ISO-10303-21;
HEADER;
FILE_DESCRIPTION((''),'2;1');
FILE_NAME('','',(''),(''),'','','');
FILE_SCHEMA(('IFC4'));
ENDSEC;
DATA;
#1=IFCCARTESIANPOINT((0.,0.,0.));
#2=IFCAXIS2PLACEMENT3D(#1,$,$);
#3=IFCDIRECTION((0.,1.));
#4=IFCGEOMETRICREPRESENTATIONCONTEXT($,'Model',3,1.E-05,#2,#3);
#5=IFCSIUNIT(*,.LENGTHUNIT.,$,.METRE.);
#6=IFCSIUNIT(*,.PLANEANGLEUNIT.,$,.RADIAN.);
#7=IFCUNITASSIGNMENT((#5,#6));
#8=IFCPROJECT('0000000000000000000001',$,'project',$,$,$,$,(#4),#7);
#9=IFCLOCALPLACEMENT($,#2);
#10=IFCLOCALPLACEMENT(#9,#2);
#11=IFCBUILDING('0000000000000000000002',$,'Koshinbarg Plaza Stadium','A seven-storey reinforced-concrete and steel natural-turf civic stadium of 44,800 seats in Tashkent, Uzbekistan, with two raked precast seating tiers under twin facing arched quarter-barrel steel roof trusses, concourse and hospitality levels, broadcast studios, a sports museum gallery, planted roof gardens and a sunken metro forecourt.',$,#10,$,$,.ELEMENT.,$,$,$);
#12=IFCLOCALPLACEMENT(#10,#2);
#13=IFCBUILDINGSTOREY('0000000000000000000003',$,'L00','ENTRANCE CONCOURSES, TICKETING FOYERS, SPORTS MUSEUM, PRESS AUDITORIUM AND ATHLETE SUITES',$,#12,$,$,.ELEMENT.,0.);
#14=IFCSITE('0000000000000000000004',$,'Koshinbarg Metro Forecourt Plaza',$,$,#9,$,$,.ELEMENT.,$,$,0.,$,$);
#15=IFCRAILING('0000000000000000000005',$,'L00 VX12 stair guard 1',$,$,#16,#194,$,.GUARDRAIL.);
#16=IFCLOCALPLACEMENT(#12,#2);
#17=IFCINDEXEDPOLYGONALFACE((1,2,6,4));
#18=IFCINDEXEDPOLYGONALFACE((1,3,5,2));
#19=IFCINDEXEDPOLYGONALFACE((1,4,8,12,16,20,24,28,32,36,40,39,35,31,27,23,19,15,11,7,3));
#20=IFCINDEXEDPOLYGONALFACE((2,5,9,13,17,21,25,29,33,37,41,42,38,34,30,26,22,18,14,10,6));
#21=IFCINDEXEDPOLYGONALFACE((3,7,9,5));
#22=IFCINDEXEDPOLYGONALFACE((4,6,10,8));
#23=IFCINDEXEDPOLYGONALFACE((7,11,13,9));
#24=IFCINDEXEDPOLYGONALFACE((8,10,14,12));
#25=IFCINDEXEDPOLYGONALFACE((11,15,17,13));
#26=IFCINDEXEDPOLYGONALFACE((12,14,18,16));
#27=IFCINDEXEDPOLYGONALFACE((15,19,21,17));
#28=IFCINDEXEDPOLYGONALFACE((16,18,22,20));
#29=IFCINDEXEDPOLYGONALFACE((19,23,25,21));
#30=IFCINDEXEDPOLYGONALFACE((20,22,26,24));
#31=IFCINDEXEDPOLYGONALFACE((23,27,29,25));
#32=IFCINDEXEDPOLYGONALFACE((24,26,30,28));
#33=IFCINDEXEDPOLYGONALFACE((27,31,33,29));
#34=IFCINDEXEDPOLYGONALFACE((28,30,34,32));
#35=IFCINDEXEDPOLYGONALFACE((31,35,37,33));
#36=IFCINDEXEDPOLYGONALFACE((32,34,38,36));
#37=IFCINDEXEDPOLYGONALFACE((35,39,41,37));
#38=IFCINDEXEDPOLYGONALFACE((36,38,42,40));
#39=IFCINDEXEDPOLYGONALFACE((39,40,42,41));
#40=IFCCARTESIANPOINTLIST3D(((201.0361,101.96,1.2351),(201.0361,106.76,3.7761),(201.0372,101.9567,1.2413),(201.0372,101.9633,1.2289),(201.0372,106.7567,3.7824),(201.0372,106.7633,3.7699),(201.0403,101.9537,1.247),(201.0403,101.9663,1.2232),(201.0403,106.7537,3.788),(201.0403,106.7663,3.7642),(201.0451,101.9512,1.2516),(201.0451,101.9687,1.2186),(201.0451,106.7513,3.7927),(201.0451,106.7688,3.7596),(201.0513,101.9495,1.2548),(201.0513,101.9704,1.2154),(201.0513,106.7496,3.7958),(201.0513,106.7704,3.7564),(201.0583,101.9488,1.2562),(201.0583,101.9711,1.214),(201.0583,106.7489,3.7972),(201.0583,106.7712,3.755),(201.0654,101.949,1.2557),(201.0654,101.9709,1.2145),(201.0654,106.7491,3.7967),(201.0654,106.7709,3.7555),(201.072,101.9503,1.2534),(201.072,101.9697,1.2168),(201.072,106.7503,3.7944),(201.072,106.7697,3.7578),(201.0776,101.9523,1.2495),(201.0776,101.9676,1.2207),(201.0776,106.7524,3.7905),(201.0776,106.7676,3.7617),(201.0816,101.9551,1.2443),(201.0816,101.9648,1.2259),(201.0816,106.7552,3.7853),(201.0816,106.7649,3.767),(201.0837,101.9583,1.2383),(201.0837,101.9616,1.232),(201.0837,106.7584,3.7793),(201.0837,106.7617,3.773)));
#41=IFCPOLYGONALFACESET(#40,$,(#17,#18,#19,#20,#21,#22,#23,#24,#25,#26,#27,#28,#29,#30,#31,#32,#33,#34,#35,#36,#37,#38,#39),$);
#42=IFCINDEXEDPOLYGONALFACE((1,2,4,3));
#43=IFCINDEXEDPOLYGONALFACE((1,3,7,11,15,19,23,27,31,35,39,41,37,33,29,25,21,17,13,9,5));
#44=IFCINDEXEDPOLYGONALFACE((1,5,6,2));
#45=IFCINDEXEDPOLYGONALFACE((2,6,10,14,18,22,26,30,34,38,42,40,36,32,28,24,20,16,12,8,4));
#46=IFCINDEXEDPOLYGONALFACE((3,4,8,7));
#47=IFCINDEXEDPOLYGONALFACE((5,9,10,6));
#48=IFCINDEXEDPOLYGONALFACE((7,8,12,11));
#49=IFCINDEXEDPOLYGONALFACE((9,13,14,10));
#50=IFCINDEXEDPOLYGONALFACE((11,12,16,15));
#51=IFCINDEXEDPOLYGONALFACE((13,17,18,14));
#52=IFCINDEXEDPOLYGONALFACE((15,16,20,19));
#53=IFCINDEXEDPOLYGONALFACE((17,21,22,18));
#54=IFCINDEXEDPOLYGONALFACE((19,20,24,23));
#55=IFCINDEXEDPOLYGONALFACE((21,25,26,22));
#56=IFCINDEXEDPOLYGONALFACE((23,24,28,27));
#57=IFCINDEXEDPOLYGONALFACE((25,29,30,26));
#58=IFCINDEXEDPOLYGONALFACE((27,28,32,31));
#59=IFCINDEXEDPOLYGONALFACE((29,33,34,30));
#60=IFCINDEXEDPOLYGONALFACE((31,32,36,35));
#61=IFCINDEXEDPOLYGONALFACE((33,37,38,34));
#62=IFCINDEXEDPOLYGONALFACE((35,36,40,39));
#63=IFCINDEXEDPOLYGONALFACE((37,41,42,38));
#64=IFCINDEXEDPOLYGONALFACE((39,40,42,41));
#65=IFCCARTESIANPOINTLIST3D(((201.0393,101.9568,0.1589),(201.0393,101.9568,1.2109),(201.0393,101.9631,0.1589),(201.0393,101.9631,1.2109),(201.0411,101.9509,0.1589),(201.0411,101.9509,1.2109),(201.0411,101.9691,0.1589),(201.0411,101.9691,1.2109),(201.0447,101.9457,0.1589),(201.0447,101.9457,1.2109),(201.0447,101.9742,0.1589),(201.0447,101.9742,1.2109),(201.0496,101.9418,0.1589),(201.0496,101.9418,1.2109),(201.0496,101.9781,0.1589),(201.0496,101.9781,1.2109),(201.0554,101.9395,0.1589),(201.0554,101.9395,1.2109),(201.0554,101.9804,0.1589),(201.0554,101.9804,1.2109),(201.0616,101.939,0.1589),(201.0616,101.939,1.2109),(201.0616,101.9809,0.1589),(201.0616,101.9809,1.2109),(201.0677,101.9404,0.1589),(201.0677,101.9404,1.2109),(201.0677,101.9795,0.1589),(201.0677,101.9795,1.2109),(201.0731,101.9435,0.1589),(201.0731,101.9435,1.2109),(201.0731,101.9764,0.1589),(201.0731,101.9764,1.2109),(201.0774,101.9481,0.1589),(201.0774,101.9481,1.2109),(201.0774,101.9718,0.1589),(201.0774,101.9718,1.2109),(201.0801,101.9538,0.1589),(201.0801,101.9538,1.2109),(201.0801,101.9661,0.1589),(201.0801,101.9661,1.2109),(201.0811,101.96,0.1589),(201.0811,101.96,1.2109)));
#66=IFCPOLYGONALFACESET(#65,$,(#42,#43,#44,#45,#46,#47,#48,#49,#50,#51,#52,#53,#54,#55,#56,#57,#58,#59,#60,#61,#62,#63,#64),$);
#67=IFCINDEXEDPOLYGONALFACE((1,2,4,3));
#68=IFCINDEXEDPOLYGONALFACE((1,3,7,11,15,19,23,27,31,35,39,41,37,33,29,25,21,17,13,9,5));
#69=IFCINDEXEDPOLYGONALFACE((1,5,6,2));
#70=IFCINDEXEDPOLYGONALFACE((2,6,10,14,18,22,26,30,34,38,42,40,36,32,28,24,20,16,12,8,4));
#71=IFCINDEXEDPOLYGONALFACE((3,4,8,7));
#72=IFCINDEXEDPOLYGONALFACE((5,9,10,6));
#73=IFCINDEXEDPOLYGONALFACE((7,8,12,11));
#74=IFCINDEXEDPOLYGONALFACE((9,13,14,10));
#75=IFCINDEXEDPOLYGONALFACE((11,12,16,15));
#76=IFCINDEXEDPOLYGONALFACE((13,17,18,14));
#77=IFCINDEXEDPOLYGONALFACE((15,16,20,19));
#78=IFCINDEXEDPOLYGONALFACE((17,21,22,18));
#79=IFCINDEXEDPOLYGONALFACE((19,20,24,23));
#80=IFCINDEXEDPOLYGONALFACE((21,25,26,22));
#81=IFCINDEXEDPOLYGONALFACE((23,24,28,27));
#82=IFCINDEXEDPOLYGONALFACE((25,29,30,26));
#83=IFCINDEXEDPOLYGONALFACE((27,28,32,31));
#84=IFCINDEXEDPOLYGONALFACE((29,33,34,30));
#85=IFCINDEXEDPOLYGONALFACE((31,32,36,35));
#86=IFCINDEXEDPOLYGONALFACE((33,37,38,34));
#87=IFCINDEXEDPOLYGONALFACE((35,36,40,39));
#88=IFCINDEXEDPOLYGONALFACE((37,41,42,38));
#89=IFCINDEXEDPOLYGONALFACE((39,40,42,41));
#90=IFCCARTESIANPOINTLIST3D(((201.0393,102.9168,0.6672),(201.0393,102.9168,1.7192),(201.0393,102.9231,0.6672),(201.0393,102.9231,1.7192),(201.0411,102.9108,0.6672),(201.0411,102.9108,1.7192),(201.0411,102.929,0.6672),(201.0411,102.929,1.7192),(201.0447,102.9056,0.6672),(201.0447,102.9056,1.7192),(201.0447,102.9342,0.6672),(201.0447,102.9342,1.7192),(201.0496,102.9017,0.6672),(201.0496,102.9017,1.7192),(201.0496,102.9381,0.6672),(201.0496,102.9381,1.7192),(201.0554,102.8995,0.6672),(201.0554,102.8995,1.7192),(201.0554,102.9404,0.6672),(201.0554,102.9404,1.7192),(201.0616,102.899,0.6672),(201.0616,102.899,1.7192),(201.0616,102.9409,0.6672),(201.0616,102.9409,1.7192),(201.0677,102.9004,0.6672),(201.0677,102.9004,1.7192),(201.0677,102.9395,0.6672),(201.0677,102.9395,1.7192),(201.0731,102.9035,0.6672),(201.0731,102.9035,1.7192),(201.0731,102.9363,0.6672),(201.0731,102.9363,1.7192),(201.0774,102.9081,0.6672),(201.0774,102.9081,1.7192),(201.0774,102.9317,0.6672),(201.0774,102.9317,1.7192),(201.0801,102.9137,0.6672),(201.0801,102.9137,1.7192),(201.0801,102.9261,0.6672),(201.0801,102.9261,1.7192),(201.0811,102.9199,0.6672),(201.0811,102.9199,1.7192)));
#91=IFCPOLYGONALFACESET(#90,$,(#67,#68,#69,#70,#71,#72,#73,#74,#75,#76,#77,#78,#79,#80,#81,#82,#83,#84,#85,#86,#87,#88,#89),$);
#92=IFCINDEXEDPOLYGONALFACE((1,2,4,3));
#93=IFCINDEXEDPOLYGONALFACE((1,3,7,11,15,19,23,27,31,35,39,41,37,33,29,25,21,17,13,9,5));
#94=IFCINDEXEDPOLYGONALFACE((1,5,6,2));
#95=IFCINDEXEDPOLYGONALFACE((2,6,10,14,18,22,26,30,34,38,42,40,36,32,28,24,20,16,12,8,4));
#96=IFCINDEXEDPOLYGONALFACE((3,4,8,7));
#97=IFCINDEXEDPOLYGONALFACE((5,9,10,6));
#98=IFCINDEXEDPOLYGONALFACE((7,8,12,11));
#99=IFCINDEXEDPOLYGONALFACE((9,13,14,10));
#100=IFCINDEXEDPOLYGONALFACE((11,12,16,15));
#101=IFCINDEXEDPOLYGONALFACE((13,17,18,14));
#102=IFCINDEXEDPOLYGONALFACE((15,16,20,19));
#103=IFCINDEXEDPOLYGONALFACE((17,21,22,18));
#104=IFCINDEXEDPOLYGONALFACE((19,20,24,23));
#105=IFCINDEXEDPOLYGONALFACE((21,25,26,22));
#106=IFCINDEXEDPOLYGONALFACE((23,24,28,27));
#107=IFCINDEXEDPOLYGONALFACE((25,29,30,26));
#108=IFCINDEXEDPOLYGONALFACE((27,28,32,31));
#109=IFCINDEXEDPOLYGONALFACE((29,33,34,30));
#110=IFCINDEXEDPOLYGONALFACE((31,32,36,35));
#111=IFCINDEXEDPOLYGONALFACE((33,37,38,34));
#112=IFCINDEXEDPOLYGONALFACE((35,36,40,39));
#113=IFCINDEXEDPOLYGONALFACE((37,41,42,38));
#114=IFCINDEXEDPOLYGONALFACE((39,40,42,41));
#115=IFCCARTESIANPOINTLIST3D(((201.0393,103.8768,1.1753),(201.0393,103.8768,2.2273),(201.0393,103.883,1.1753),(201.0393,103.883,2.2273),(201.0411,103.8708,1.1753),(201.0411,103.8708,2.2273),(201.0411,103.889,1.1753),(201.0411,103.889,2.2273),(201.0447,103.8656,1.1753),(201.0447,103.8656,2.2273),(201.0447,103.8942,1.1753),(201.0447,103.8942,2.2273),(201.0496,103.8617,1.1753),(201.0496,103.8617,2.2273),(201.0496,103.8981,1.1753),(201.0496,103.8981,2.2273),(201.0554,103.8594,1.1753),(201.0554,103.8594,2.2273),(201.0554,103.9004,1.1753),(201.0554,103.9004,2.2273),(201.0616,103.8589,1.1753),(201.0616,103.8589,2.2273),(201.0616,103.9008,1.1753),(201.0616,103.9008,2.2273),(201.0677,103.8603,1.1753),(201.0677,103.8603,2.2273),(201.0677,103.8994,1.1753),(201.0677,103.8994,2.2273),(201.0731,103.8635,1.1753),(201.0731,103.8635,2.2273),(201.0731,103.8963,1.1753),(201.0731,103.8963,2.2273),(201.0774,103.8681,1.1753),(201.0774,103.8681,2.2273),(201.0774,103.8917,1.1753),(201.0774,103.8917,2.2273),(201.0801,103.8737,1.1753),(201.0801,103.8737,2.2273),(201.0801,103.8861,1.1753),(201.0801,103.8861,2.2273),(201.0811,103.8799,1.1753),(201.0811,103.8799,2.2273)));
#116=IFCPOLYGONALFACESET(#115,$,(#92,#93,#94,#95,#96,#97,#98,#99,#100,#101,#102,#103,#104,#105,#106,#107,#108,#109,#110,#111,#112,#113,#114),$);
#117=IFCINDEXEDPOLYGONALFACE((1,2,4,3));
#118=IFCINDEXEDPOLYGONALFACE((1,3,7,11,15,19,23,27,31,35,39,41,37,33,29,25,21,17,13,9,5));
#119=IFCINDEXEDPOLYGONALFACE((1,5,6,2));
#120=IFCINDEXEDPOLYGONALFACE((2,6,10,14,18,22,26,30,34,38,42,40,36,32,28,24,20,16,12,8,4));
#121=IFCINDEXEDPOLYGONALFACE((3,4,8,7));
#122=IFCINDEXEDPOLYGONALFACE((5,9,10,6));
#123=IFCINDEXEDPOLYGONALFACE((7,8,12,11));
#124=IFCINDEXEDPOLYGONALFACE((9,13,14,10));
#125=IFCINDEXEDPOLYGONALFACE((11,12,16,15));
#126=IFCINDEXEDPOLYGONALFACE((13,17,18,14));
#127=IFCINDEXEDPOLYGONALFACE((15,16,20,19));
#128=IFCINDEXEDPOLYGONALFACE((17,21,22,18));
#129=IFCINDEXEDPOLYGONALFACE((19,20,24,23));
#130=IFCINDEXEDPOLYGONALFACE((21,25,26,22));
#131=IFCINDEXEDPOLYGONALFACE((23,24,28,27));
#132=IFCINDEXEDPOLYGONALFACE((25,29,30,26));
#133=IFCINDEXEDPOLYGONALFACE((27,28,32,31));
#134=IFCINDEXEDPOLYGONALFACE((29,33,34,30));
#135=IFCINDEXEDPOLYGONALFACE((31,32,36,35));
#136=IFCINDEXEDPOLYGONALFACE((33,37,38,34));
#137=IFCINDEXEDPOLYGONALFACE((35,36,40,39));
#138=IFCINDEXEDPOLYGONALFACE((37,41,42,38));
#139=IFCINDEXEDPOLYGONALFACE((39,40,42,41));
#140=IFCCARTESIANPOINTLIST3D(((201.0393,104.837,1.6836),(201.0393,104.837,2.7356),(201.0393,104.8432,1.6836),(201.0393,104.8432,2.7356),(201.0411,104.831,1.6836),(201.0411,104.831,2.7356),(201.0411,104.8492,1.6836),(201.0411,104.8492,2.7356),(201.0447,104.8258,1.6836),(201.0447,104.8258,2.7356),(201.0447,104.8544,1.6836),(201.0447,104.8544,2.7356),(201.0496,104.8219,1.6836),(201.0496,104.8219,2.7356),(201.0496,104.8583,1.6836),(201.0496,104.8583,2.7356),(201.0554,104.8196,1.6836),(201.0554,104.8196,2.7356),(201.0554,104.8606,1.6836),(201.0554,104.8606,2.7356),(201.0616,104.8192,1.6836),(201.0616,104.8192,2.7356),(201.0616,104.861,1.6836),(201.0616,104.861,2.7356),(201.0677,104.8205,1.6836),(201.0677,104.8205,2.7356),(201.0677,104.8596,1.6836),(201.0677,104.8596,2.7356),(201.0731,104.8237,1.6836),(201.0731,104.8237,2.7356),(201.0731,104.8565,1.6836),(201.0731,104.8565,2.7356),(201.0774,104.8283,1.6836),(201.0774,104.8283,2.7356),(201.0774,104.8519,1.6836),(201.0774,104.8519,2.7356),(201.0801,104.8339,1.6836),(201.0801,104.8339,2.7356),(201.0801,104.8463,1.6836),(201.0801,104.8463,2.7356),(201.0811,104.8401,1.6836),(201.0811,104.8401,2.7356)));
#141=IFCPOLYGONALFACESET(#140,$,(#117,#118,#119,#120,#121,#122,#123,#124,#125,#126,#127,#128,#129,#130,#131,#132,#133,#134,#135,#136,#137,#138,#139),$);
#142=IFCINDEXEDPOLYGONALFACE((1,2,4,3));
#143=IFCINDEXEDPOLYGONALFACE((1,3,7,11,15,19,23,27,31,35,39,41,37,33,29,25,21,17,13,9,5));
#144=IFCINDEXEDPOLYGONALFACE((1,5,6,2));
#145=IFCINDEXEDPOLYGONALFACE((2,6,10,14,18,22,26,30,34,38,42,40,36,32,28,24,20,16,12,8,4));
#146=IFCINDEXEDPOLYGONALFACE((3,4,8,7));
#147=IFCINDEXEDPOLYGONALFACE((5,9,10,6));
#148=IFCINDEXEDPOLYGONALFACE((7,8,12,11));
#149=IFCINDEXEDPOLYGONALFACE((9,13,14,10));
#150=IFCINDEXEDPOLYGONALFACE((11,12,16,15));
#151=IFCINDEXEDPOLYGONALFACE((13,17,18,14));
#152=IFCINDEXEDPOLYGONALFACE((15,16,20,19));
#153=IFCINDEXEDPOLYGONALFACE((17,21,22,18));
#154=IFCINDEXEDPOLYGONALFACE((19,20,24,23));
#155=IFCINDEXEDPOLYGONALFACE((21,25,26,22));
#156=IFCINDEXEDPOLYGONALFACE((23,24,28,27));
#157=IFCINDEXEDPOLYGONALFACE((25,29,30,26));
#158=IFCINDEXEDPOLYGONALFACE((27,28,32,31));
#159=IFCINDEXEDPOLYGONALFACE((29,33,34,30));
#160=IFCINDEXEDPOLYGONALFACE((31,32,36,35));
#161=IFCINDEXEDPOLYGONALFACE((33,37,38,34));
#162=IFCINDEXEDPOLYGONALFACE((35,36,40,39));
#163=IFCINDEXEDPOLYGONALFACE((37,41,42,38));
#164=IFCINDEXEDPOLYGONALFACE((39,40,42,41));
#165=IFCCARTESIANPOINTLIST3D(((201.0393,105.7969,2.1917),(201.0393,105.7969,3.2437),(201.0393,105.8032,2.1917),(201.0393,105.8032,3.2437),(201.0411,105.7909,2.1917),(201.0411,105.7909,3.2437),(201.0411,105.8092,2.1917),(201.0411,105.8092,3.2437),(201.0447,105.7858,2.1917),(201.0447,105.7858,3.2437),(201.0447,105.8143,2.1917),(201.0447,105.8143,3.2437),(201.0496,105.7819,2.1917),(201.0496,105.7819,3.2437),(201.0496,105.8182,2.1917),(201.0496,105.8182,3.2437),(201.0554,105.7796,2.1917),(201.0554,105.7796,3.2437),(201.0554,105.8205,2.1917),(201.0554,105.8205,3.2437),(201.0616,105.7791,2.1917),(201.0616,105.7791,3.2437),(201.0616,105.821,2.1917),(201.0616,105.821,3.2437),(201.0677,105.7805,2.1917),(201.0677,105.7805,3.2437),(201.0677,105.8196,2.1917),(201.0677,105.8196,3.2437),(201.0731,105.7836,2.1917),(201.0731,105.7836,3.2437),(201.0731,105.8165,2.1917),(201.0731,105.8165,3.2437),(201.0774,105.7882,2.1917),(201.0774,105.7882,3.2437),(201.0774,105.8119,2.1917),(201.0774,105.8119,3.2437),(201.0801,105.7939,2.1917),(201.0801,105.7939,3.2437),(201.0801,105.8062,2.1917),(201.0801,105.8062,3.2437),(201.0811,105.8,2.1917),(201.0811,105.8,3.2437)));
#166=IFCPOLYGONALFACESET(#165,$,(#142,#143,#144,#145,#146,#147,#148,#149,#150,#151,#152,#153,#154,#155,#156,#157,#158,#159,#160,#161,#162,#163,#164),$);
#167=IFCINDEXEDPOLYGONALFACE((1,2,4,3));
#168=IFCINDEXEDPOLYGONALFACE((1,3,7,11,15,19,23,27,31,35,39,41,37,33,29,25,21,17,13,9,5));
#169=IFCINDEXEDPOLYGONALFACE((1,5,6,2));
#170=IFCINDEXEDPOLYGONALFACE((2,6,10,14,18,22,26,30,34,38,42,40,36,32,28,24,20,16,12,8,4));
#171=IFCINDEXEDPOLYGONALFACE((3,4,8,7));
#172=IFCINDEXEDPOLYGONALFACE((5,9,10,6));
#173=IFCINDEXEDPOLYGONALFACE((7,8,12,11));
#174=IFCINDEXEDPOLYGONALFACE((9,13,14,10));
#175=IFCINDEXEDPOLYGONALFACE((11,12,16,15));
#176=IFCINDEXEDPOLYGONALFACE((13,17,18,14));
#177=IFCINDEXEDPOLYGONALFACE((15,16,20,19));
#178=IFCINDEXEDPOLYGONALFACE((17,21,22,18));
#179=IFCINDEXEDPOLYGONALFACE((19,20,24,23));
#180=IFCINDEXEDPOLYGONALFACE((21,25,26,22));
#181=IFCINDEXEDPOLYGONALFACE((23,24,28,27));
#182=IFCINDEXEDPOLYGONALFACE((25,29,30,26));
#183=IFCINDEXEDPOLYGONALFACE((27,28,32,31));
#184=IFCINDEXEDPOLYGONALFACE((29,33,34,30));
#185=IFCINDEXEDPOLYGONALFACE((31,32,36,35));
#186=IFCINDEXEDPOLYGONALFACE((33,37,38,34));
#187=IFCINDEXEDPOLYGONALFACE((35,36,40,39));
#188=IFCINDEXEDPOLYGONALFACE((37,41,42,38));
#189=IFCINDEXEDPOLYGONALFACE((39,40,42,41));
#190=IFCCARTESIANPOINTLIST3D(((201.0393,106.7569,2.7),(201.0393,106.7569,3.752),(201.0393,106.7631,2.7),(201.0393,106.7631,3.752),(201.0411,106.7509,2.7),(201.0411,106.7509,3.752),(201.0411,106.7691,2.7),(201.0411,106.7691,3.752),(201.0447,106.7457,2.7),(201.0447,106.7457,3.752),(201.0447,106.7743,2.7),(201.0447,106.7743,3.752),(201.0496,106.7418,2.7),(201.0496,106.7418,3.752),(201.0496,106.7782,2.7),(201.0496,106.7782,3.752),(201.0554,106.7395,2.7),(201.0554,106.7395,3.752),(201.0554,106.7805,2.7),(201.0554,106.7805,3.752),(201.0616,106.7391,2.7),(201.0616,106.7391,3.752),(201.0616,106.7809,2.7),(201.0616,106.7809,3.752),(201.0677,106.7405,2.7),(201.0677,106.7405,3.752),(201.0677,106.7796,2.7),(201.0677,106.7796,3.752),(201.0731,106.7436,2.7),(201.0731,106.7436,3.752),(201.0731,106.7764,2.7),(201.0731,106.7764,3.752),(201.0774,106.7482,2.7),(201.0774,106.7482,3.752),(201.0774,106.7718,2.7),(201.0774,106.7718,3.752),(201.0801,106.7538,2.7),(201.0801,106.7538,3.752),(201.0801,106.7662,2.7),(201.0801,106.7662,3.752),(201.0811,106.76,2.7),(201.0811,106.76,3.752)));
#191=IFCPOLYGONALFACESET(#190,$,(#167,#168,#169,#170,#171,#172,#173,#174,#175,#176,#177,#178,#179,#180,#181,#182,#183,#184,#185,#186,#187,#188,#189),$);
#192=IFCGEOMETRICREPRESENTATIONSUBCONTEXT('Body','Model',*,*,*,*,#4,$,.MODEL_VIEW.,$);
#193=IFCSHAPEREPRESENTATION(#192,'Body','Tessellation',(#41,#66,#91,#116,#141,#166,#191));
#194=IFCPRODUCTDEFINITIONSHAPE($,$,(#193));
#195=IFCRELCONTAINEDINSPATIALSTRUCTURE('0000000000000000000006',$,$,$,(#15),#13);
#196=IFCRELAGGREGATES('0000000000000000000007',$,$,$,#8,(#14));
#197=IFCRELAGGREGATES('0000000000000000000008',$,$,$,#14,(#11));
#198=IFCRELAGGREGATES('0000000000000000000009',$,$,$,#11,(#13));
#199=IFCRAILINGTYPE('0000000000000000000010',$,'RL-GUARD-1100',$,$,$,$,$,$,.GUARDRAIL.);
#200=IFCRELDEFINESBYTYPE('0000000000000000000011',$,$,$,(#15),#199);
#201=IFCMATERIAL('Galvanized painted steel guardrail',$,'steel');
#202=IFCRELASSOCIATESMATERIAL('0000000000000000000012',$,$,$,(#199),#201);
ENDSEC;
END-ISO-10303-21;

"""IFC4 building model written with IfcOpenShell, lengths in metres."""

from ifc_helpers import new_model, si_unit, direction, frame, origin, origin_2d, place, context, subcontext, project, spatial, circle, extrude, material, type_object, element, save


model = new_model("IFC4")

# Units and contexts
model_context = context("Model", 3, precision=1e-05, world=origin(), true_north=direction((0.0, 1.0)))
body_context = subcontext(model_context, "Body", "Model", "MODEL_VIEW")
ifc_project = project(units=[si_unit("LENGTHUNIT", "METRE"), si_unit("PLANEANGLEUNIT", "RADIAN")], contexts=[model_context])

# Site, building, storey
site_placement = place(None, origin())
site = spatial("IfcSite", under=ifc_project, at=site_placement, Name="Koshinbarg Metro Forecourt Plaza", CompositionType="ELEMENT", RefElevation=0.0)
building_placement = place(site_placement, origin())
building = spatial("IfcBuilding", under=site, at=building_placement, Name="Koshinbarg Plaza Stadium", Description="A seven-storey reinforced-concrete and steel natural-turf civic stadium of 44,800 seats in Tashkent, Uzbekistan, with two raked precast seating tiers under twin facing arched quarter-barrel steel roof trusses, concourse and hospitality levels, broadcast studios, a sports museum gallery, planted roof gardens and a sunken metro forecourt.", CompositionType="ELEMENT")
storey_placement = place(building_placement, origin())
storey = spatial("IfcBuildingStorey", under=building, at=storey_placement, Name="L00", Description="ENTRANCE CONCOURSES, TICKETING FOYERS, SPORTS MUSEUM, PRESS AUDITORIUM AND ATHLETE SUITES", CompositionType="ELEMENT", Elevation=0.0)

# Railing
ifc_material_1 = material(Name="Galvanized painted steel guardrail", Category="steel")
railing_type_1 = type_object("IfcRailingType", Name="RL-GUARD-1100", PredefinedType="GUARDRAIL", material=ifc_material_1)
railing_1_placement = place(storey_placement, frame((201.0601, 101.96, 0.1589)))
element("IfcRailing", 1, at=railing_1_placement, inside=storey, type_object=railing_type_1, Name="L00 VX12 stair guard 1", PredefinedType="GUARDRAIL", context=body_context, shape_type="SweptSolid", body=[
    extrude(circle(Radius=0.0239, at=origin_2d()), frame((0.0, 0.0, 1.0762), z_axis=(0.0, 0.883802, 0.467861), x_axis=(-1.0, 0.0, 0.0)), (0.0, 0.0, 1.0), 5.4312),
    extrude(circle(Radius=0.021, at=origin_2d()), origin(), (0.0, 0.0, 1.0), 1.052),
    extrude(circle(Radius=0.021, at=origin_2d()), frame((0.0, 0.96, 0.5083)), (0.0, 0.0, 1.0), 1.052),
    extrude(circle(Radius=0.021, at=origin_2d()), frame((0.0, 1.9199, 1.0164)), (0.0, 0.0, 1.0), 1.052),
    extrude(circle(Radius=0.021, at=origin_2d()), frame((0.0, 2.8801, 1.5247)), (0.0, 0.0, 1.0), 1.052),
    extrude(circle(Radius=0.021, at=origin_2d()), frame((0.0, 3.8401, 2.0327)), (0.0, 0.0, 1.0), 1.052),
    extrude(circle(Radius=0.021, at=origin_2d()), frame((0.0, 4.8, 2.541)), (0.0, 0.0, 1.0), 1.052),
])

save(model, "model.ifc")
